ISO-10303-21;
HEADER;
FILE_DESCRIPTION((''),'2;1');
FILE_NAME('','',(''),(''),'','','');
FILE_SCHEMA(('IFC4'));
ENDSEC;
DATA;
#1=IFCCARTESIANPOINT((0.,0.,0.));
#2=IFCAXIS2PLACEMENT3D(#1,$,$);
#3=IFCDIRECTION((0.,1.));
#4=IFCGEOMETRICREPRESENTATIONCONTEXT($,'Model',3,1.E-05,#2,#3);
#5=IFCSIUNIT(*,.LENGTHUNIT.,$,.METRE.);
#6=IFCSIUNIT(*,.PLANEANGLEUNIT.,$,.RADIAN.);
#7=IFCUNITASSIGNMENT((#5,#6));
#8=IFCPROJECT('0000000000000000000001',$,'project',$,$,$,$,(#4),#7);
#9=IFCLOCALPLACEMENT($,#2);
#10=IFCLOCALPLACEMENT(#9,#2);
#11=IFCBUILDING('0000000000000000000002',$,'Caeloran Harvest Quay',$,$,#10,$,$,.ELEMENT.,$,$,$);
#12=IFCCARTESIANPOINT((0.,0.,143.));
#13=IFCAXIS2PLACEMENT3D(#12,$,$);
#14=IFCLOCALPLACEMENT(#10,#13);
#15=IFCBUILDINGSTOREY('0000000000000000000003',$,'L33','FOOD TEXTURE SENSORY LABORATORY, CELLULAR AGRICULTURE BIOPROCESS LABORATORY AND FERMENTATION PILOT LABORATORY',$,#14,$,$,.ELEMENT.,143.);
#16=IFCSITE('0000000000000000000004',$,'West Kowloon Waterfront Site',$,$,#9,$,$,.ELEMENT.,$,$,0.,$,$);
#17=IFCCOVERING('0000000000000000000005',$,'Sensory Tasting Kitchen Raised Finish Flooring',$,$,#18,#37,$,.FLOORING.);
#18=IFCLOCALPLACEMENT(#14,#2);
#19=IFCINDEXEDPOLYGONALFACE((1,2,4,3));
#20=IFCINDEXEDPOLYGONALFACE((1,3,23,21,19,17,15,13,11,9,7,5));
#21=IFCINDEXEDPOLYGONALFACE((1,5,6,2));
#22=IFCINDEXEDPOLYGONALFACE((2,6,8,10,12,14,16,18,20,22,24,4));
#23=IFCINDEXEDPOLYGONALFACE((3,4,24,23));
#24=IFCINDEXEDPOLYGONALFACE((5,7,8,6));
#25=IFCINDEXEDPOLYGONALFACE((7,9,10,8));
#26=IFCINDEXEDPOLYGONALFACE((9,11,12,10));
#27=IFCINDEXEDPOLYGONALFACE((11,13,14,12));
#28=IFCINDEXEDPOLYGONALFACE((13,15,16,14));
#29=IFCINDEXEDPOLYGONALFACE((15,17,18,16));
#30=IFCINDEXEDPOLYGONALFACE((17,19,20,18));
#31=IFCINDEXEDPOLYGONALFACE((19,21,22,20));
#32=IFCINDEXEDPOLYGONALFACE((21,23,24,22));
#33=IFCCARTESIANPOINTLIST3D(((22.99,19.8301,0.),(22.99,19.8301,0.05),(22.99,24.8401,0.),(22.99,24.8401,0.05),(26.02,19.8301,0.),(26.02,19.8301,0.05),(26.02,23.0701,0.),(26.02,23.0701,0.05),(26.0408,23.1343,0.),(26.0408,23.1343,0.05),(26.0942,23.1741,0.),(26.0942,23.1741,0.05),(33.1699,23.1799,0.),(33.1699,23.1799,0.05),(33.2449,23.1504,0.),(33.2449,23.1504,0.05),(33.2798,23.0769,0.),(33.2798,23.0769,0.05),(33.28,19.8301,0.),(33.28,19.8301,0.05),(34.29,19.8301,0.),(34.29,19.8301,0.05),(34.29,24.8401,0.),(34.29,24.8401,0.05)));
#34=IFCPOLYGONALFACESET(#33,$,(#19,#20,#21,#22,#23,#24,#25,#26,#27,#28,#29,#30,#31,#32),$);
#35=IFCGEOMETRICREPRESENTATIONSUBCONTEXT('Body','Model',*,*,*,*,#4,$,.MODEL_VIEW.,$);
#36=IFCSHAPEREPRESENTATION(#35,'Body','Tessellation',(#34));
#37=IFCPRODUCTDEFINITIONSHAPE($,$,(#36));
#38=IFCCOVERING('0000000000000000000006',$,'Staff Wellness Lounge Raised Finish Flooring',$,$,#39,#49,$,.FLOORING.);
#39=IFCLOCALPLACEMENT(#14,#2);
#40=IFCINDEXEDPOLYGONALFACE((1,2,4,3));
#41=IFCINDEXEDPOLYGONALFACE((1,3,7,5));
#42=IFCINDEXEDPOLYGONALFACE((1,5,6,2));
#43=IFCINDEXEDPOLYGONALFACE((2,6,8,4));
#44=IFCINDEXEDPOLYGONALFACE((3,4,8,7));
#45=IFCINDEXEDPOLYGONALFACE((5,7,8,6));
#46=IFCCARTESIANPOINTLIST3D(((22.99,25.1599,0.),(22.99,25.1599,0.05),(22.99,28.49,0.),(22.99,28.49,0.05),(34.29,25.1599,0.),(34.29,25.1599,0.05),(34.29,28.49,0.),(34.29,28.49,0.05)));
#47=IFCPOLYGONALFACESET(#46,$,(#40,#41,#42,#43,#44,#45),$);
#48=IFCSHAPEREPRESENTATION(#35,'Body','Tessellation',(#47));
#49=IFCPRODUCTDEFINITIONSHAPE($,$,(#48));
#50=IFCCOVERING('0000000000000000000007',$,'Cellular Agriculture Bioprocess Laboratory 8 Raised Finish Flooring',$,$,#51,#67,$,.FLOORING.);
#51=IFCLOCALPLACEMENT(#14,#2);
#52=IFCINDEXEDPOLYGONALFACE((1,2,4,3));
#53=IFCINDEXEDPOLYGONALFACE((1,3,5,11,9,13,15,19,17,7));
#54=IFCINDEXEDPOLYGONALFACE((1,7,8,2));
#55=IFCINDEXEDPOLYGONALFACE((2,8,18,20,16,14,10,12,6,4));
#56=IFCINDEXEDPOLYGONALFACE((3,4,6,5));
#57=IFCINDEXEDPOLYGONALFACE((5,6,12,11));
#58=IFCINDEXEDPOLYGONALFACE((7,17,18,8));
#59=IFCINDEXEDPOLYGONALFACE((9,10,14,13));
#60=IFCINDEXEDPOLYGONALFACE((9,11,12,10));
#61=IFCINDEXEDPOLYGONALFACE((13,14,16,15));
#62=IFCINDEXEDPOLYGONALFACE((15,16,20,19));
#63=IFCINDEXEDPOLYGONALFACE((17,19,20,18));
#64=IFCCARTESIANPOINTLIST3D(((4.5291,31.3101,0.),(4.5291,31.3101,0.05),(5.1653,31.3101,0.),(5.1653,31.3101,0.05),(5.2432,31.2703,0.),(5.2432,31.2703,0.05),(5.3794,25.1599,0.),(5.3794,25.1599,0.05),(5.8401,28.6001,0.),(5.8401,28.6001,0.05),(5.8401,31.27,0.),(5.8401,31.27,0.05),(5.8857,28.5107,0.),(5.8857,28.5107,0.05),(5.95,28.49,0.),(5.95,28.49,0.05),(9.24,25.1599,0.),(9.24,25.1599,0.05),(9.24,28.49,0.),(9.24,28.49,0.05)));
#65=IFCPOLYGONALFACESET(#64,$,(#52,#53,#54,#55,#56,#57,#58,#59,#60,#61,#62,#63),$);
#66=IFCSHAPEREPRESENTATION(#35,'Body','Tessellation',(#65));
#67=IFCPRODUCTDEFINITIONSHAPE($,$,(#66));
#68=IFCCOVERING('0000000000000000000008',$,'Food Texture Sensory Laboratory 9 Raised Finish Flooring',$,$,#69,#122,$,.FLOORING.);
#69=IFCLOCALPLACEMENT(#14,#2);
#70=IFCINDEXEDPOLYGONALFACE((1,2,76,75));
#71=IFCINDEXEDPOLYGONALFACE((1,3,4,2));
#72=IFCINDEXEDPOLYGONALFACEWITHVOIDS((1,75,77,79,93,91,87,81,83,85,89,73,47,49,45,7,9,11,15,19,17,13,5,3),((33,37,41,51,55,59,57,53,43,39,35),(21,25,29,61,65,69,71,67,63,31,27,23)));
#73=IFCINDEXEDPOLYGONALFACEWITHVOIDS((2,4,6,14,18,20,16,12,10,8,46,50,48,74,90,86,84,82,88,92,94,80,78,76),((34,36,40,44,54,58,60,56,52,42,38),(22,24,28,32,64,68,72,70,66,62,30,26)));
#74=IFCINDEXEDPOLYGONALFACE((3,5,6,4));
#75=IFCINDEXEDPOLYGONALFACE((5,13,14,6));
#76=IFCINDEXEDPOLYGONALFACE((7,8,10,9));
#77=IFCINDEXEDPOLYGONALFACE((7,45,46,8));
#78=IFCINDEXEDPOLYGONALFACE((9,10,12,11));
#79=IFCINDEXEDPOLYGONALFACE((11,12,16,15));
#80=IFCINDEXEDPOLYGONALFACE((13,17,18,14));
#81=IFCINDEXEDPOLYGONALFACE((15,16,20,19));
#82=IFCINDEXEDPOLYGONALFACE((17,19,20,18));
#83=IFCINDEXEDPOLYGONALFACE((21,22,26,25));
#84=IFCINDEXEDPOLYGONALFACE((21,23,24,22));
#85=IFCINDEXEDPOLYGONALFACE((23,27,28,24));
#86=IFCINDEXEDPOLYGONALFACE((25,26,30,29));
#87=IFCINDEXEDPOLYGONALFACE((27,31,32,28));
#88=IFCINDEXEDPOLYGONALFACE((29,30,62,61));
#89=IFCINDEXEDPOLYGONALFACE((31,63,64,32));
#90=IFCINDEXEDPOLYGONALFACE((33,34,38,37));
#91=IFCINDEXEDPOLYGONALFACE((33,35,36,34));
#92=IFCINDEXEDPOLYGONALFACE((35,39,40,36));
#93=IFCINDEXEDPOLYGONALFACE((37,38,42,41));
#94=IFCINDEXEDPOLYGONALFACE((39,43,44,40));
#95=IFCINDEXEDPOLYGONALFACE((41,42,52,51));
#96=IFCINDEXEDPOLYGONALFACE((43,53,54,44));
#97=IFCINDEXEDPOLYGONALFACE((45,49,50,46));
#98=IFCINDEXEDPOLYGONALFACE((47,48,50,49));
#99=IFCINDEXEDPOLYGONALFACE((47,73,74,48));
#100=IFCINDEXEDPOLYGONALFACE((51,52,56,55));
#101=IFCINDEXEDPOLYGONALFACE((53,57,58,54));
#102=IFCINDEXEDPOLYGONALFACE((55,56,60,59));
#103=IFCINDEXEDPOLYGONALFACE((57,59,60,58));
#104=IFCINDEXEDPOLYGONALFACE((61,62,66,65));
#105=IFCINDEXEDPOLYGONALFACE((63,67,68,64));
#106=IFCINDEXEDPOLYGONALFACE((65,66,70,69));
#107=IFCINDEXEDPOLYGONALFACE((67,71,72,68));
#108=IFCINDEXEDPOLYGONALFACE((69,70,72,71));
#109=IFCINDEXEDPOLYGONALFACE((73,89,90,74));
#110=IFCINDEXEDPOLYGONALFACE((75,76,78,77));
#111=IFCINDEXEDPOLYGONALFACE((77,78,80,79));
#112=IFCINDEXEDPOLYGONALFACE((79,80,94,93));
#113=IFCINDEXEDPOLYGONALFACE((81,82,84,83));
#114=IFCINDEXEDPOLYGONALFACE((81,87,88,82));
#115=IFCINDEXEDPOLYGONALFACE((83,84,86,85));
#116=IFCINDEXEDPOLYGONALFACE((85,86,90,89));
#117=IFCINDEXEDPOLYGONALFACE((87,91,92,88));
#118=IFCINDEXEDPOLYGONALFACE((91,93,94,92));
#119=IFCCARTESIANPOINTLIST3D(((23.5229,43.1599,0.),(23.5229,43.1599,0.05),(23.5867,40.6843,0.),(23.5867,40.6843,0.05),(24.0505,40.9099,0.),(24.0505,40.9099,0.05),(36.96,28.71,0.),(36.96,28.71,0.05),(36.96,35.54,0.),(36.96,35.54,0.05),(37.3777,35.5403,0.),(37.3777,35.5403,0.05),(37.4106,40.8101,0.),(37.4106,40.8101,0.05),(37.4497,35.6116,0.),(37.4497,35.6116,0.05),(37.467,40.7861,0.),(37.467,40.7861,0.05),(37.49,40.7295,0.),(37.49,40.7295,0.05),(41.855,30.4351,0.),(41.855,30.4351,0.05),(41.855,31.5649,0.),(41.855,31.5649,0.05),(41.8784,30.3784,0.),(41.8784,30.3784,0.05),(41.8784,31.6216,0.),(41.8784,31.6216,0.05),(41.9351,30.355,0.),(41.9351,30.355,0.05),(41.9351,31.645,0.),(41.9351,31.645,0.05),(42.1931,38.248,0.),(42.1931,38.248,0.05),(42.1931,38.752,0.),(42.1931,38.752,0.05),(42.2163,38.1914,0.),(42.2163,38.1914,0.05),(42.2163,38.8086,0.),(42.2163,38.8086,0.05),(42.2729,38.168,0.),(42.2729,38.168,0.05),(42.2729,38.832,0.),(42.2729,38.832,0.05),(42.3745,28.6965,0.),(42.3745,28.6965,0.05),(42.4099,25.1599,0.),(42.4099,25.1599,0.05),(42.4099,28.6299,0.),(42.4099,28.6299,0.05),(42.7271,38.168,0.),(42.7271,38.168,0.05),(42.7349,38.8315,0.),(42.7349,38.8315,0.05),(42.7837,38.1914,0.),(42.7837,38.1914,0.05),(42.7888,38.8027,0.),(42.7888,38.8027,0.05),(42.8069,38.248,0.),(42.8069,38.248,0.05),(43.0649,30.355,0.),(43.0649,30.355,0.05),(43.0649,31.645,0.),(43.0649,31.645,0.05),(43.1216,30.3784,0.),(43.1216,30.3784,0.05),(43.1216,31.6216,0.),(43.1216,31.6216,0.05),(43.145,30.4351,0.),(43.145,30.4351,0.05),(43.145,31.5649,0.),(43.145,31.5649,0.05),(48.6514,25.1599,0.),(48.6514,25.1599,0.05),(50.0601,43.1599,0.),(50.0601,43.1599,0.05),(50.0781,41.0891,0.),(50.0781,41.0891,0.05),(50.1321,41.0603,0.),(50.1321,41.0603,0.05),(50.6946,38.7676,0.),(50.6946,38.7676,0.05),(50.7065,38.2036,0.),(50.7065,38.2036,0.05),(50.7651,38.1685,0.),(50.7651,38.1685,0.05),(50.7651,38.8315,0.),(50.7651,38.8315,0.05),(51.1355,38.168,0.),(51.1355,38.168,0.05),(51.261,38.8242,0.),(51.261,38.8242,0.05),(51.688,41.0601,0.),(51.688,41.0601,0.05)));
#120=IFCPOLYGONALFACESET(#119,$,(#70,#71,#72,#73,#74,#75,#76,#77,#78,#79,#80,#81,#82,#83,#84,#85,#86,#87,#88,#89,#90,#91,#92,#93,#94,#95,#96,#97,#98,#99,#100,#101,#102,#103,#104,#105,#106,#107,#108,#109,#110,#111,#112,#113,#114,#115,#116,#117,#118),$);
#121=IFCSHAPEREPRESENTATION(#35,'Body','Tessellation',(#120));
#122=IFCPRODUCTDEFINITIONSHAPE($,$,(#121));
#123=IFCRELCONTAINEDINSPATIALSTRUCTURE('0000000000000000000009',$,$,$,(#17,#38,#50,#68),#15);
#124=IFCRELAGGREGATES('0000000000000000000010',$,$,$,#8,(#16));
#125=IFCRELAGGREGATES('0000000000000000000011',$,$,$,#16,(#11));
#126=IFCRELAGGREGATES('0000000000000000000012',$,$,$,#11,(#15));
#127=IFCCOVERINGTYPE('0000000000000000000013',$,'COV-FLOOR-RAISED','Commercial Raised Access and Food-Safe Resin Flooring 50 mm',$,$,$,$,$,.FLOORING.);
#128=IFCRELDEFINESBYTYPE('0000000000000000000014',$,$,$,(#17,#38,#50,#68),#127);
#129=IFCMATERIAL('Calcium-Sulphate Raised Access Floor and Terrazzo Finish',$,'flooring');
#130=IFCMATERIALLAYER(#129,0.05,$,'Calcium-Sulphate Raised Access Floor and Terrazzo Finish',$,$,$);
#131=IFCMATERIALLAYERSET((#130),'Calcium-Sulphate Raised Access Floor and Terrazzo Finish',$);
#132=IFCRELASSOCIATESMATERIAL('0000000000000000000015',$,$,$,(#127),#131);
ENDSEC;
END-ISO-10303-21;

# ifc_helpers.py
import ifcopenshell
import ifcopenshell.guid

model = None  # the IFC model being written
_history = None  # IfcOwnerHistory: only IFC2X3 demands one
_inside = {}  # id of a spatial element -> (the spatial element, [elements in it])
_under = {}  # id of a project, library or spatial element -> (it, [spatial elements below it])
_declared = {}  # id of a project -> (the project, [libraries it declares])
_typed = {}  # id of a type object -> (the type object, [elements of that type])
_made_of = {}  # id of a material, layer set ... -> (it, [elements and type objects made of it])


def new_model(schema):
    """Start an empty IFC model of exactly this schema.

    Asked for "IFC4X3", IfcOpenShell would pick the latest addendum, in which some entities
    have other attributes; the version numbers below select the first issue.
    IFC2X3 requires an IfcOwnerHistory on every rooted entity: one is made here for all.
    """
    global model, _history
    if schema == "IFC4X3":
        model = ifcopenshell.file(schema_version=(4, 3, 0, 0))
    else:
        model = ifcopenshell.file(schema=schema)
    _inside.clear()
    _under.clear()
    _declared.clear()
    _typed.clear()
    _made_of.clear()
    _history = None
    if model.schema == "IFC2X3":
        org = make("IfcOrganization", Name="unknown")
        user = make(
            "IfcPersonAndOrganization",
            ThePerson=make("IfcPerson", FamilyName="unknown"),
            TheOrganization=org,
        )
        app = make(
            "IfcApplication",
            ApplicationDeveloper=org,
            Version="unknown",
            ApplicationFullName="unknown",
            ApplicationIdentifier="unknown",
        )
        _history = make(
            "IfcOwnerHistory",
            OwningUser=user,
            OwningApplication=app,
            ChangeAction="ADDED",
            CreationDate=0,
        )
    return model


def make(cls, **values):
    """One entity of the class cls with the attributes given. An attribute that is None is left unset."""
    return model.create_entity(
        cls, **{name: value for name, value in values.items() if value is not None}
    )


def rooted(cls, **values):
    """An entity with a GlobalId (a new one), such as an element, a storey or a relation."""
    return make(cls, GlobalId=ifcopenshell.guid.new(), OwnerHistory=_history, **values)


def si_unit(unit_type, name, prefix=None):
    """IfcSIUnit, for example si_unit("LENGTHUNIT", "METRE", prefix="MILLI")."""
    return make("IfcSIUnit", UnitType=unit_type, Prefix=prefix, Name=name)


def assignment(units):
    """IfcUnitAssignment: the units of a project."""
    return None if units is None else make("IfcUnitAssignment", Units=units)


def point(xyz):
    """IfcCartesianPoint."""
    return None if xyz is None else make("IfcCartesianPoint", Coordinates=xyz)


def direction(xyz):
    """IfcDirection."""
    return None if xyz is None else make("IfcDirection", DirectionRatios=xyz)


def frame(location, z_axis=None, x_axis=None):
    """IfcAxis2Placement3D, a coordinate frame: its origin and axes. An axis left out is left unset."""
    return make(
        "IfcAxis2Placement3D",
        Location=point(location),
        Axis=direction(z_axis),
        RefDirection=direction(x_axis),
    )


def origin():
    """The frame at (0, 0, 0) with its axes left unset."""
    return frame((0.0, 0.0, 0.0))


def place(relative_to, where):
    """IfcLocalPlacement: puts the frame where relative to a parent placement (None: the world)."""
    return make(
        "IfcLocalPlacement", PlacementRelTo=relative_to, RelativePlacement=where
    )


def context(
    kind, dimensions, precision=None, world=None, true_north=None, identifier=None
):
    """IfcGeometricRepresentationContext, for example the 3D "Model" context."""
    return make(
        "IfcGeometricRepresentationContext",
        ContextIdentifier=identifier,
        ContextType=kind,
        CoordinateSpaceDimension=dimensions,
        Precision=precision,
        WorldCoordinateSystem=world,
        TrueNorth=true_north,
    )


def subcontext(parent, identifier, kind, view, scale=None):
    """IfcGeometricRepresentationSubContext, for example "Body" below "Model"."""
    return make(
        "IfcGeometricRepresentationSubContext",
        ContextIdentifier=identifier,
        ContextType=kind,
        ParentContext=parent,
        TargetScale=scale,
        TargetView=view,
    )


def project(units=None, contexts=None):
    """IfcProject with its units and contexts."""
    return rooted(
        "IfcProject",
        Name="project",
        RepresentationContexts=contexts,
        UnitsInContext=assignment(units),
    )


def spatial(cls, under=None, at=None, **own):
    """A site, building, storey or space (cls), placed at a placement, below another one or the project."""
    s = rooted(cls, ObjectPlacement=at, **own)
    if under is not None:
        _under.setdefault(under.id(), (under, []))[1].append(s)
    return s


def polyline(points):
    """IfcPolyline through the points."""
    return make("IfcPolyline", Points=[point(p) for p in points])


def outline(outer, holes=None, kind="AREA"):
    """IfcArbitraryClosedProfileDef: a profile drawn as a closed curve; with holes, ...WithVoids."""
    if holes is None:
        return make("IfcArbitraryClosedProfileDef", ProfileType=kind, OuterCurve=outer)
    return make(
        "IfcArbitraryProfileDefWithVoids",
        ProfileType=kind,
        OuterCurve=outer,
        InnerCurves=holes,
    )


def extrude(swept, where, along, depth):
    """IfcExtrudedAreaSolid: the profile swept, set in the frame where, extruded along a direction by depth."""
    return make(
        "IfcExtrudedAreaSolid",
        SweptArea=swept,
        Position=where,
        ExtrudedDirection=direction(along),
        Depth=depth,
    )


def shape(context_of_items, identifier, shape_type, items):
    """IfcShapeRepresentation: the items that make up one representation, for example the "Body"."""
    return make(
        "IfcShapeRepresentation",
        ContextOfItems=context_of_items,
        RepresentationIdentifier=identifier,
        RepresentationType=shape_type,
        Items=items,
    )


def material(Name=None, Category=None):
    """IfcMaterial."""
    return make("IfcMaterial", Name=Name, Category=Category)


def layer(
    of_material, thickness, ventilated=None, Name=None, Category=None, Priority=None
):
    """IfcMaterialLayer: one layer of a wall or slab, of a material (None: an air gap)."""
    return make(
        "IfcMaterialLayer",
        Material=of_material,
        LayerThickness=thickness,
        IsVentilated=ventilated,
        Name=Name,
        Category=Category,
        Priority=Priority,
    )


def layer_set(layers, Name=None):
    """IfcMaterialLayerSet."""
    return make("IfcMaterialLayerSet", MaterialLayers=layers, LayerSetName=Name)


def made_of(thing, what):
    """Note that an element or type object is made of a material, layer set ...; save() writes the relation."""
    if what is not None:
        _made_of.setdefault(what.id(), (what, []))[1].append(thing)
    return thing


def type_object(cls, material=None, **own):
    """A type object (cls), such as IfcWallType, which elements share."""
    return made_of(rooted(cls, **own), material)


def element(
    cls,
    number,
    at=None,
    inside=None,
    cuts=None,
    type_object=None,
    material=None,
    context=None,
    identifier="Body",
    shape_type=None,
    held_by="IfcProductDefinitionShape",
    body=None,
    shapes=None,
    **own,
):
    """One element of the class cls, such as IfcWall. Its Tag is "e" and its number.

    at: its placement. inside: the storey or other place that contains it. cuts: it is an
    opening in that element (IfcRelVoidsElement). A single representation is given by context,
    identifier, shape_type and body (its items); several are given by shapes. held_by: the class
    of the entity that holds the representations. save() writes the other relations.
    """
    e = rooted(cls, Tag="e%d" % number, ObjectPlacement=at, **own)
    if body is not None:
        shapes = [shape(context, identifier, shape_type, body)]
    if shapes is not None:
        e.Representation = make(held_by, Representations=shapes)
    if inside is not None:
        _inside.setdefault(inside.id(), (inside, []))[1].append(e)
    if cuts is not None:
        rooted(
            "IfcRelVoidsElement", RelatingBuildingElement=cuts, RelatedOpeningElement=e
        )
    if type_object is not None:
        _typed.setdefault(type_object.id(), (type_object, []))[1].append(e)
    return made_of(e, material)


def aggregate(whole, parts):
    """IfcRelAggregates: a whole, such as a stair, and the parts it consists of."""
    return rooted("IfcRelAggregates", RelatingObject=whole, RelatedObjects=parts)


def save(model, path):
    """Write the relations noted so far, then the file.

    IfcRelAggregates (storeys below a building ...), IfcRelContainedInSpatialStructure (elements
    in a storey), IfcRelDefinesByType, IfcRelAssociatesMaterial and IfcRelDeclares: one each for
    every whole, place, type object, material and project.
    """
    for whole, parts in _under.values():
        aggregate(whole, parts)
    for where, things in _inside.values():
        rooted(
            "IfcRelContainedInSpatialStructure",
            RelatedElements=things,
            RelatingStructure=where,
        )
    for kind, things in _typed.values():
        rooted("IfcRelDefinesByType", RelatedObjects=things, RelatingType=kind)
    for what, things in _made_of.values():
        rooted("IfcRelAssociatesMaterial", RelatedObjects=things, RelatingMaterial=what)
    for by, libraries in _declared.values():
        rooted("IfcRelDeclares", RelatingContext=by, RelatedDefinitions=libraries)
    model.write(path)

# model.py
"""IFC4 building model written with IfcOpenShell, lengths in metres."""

from ifc_helpers import new_model, si_unit, direction, frame, origin, place, context, subcontext, project, spatial, polyline, outline, extrude, material, layer, layer_set, type_object, element, save


model = new_model("IFC4")

# Units and contexts
model_context = context("Model", 3, precision=1e-05, world=origin(), true_north=direction((0.0, 1.0)))
body_context = subcontext(model_context, "Body", "Model", "MODEL_VIEW")
ifc_project = project(units=[si_unit("LENGTHUNIT", "METRE"), si_unit("PLANEANGLEUNIT", "RADIAN")], contexts=[model_context])

# Site, building, storey
site_placement = place(None, origin())
site = spatial("IfcSite", under=ifc_project, at=site_placement, Name="West Kowloon Waterfront Site", CompositionType="ELEMENT", RefElevation=0.0)
building_placement = place(site_placement, origin())
building = spatial("IfcBuilding", under=site, at=building_placement, Name="Caeloran Harvest Quay", CompositionType="ELEMENT")
storey_placement = place(building_placement, frame((0.0, 0.0, 143.0)))
storey = spatial("IfcBuildingStorey", under=building, at=storey_placement, Name="L33", Description="FOOD TEXTURE SENSORY LABORATORY, CELLULAR AGRICULTURE BIOPROCESS LABORATORY AND FERMENTATION PILOT LABORATORY", CompositionType="ELEMENT", Elevation=143.0)

# Coverings
ifc_material_1 = material(Name="Calcium-Sulphate Raised Access Floor and Terrazzo Finish", Category="flooring")
ifc_layer_1 = layer(ifc_material_1, 0.05, Name="Calcium-Sulphate Raised Access Floor and Terrazzo Finish")
ifc_layer_set_1 = layer_set([ifc_layer_1], Name="Calcium-Sulphate Raised Access Floor and Terrazzo Finish")
covering_type_1 = type_object("IfcCoveringType", Name="COV-FLOOR-RAISED", Description="Commercial Raised Access and Food-Safe Resin Flooring 50 mm", PredefinedType="FLOORING", material=ifc_layer_set_1)
covering_1_placement = place(storey_placement, origin())
element("IfcCovering", 1, at=covering_1_placement, inside=storey, type_object=covering_type_1, Name="Sensory Tasting Kitchen Raised Finish Flooring", PredefinedType="FLOORING", context=body_context, shape_type="SweptSolid", body=[
    extrude(outline(polyline([(33.2798, 23.0769), (33.2449, 23.1504), (33.1699, 23.1799), (26.0942, 23.1741), (26.0408, 23.1343), (26.02, 23.0701), (26.02, 19.8301), (22.99, 19.8301), (22.99, 24.8401), (34.29, 24.8401), (34.29, 19.8301), (33.28, 19.8301), (33.2798, 23.0769)])), origin(), (0.0, 0.0, 1.0), 0.05),
])
covering_2_placement = place(storey_placement, origin())
element("IfcCovering", 2, at=covering_2_placement, inside=storey, type_object=covering_type_1, Name="Staff Wellness Lounge Raised Finish Flooring", PredefinedType="FLOORING", context=body_context, shape_type="SweptSolid", body=[
    extrude(outline(polyline([(22.99, 28.49), (34.29, 28.49), (34.29, 25.1599), (22.99, 25.1599), (22.99, 28.49)])), origin(), (0.0, 0.0, 1.0), 0.05),
])
covering_3_placement = place(storey_placement, origin())
element("IfcCovering", 3, at=covering_3_placement, inside=storey, type_object=covering_type_1, Name="Cellular Agriculture Bioprocess Laboratory 8 Raised Finish Flooring", PredefinedType="FLOORING", context=body_context, shape_type="SweptSolid", body=[
    extrude(outline(polyline([(5.1653, 31.3101), (5.2432, 31.2703), (5.8401, 31.27), (5.8401, 28.6001), (5.8857, 28.5107), (5.95, 28.49), (9.24, 28.49), (9.24, 25.1599), (5.3794, 25.1599), (4.5291, 31.3101), (5.1653, 31.3101)])), origin(), (0.0, 0.0, 1.0), 0.05),
])
covering_4_placement = place(storey_placement, origin())
element("IfcCovering", 4, at=covering_4_placement, inside=storey, type_object=covering_type_1, Name="Food Texture Sensory Laboratory 9 Raised Finish Flooring", PredefinedType="FLOORING", context=body_context, shape_type="SweptSolid", body=[
    extrude(outline(polyline([(50.0601, 43.1599), (50.0781, 41.0891), (50.1321, 41.0603), (51.688, 41.0601), (51.261, 38.8242), (50.7651, 38.8315), (50.6946, 38.7676), (50.7065, 38.2036), (50.7651, 38.1685), (51.1355, 38.168), (48.6514, 25.1599), (42.4099, 25.1599), (42.4099, 28.6299), (42.3745, 28.6965), (36.96, 28.71), (36.96, 35.54), (37.3777, 35.5403), (37.4497, 35.6116), (37.49, 40.7295), (37.467, 40.7861), (37.4106, 40.8101), (24.0505, 40.9099), (23.5867, 40.6843), (23.5229, 43.1599), (50.0601, 43.1599)]), holes=[polyline([(41.9351, 31.645), (41.8784, 31.6216), (41.855, 31.5649), (41.855, 30.4351), (41.8784, 30.3784), (41.9351, 30.355), (43.0649, 30.355), (43.1216, 30.3784), (43.145, 30.4351), (43.145, 31.5649), (43.1216, 31.6216), (43.0649, 31.645), (41.9351, 31.645)]), polyline([(42.8069, 38.248), (42.7888, 38.8027), (42.7349, 38.8315), (42.2729, 38.832), (42.2163, 38.8086), (42.1931, 38.752), (42.1931, 38.248), (42.2163, 38.1914), (42.2729, 38.168), (42.7271, 38.168), (42.7837, 38.1914), (42.8069, 38.248)])]), origin(), (0.0, 0.0, 1.0), 0.05),
])

save(model, "model.ifc")
